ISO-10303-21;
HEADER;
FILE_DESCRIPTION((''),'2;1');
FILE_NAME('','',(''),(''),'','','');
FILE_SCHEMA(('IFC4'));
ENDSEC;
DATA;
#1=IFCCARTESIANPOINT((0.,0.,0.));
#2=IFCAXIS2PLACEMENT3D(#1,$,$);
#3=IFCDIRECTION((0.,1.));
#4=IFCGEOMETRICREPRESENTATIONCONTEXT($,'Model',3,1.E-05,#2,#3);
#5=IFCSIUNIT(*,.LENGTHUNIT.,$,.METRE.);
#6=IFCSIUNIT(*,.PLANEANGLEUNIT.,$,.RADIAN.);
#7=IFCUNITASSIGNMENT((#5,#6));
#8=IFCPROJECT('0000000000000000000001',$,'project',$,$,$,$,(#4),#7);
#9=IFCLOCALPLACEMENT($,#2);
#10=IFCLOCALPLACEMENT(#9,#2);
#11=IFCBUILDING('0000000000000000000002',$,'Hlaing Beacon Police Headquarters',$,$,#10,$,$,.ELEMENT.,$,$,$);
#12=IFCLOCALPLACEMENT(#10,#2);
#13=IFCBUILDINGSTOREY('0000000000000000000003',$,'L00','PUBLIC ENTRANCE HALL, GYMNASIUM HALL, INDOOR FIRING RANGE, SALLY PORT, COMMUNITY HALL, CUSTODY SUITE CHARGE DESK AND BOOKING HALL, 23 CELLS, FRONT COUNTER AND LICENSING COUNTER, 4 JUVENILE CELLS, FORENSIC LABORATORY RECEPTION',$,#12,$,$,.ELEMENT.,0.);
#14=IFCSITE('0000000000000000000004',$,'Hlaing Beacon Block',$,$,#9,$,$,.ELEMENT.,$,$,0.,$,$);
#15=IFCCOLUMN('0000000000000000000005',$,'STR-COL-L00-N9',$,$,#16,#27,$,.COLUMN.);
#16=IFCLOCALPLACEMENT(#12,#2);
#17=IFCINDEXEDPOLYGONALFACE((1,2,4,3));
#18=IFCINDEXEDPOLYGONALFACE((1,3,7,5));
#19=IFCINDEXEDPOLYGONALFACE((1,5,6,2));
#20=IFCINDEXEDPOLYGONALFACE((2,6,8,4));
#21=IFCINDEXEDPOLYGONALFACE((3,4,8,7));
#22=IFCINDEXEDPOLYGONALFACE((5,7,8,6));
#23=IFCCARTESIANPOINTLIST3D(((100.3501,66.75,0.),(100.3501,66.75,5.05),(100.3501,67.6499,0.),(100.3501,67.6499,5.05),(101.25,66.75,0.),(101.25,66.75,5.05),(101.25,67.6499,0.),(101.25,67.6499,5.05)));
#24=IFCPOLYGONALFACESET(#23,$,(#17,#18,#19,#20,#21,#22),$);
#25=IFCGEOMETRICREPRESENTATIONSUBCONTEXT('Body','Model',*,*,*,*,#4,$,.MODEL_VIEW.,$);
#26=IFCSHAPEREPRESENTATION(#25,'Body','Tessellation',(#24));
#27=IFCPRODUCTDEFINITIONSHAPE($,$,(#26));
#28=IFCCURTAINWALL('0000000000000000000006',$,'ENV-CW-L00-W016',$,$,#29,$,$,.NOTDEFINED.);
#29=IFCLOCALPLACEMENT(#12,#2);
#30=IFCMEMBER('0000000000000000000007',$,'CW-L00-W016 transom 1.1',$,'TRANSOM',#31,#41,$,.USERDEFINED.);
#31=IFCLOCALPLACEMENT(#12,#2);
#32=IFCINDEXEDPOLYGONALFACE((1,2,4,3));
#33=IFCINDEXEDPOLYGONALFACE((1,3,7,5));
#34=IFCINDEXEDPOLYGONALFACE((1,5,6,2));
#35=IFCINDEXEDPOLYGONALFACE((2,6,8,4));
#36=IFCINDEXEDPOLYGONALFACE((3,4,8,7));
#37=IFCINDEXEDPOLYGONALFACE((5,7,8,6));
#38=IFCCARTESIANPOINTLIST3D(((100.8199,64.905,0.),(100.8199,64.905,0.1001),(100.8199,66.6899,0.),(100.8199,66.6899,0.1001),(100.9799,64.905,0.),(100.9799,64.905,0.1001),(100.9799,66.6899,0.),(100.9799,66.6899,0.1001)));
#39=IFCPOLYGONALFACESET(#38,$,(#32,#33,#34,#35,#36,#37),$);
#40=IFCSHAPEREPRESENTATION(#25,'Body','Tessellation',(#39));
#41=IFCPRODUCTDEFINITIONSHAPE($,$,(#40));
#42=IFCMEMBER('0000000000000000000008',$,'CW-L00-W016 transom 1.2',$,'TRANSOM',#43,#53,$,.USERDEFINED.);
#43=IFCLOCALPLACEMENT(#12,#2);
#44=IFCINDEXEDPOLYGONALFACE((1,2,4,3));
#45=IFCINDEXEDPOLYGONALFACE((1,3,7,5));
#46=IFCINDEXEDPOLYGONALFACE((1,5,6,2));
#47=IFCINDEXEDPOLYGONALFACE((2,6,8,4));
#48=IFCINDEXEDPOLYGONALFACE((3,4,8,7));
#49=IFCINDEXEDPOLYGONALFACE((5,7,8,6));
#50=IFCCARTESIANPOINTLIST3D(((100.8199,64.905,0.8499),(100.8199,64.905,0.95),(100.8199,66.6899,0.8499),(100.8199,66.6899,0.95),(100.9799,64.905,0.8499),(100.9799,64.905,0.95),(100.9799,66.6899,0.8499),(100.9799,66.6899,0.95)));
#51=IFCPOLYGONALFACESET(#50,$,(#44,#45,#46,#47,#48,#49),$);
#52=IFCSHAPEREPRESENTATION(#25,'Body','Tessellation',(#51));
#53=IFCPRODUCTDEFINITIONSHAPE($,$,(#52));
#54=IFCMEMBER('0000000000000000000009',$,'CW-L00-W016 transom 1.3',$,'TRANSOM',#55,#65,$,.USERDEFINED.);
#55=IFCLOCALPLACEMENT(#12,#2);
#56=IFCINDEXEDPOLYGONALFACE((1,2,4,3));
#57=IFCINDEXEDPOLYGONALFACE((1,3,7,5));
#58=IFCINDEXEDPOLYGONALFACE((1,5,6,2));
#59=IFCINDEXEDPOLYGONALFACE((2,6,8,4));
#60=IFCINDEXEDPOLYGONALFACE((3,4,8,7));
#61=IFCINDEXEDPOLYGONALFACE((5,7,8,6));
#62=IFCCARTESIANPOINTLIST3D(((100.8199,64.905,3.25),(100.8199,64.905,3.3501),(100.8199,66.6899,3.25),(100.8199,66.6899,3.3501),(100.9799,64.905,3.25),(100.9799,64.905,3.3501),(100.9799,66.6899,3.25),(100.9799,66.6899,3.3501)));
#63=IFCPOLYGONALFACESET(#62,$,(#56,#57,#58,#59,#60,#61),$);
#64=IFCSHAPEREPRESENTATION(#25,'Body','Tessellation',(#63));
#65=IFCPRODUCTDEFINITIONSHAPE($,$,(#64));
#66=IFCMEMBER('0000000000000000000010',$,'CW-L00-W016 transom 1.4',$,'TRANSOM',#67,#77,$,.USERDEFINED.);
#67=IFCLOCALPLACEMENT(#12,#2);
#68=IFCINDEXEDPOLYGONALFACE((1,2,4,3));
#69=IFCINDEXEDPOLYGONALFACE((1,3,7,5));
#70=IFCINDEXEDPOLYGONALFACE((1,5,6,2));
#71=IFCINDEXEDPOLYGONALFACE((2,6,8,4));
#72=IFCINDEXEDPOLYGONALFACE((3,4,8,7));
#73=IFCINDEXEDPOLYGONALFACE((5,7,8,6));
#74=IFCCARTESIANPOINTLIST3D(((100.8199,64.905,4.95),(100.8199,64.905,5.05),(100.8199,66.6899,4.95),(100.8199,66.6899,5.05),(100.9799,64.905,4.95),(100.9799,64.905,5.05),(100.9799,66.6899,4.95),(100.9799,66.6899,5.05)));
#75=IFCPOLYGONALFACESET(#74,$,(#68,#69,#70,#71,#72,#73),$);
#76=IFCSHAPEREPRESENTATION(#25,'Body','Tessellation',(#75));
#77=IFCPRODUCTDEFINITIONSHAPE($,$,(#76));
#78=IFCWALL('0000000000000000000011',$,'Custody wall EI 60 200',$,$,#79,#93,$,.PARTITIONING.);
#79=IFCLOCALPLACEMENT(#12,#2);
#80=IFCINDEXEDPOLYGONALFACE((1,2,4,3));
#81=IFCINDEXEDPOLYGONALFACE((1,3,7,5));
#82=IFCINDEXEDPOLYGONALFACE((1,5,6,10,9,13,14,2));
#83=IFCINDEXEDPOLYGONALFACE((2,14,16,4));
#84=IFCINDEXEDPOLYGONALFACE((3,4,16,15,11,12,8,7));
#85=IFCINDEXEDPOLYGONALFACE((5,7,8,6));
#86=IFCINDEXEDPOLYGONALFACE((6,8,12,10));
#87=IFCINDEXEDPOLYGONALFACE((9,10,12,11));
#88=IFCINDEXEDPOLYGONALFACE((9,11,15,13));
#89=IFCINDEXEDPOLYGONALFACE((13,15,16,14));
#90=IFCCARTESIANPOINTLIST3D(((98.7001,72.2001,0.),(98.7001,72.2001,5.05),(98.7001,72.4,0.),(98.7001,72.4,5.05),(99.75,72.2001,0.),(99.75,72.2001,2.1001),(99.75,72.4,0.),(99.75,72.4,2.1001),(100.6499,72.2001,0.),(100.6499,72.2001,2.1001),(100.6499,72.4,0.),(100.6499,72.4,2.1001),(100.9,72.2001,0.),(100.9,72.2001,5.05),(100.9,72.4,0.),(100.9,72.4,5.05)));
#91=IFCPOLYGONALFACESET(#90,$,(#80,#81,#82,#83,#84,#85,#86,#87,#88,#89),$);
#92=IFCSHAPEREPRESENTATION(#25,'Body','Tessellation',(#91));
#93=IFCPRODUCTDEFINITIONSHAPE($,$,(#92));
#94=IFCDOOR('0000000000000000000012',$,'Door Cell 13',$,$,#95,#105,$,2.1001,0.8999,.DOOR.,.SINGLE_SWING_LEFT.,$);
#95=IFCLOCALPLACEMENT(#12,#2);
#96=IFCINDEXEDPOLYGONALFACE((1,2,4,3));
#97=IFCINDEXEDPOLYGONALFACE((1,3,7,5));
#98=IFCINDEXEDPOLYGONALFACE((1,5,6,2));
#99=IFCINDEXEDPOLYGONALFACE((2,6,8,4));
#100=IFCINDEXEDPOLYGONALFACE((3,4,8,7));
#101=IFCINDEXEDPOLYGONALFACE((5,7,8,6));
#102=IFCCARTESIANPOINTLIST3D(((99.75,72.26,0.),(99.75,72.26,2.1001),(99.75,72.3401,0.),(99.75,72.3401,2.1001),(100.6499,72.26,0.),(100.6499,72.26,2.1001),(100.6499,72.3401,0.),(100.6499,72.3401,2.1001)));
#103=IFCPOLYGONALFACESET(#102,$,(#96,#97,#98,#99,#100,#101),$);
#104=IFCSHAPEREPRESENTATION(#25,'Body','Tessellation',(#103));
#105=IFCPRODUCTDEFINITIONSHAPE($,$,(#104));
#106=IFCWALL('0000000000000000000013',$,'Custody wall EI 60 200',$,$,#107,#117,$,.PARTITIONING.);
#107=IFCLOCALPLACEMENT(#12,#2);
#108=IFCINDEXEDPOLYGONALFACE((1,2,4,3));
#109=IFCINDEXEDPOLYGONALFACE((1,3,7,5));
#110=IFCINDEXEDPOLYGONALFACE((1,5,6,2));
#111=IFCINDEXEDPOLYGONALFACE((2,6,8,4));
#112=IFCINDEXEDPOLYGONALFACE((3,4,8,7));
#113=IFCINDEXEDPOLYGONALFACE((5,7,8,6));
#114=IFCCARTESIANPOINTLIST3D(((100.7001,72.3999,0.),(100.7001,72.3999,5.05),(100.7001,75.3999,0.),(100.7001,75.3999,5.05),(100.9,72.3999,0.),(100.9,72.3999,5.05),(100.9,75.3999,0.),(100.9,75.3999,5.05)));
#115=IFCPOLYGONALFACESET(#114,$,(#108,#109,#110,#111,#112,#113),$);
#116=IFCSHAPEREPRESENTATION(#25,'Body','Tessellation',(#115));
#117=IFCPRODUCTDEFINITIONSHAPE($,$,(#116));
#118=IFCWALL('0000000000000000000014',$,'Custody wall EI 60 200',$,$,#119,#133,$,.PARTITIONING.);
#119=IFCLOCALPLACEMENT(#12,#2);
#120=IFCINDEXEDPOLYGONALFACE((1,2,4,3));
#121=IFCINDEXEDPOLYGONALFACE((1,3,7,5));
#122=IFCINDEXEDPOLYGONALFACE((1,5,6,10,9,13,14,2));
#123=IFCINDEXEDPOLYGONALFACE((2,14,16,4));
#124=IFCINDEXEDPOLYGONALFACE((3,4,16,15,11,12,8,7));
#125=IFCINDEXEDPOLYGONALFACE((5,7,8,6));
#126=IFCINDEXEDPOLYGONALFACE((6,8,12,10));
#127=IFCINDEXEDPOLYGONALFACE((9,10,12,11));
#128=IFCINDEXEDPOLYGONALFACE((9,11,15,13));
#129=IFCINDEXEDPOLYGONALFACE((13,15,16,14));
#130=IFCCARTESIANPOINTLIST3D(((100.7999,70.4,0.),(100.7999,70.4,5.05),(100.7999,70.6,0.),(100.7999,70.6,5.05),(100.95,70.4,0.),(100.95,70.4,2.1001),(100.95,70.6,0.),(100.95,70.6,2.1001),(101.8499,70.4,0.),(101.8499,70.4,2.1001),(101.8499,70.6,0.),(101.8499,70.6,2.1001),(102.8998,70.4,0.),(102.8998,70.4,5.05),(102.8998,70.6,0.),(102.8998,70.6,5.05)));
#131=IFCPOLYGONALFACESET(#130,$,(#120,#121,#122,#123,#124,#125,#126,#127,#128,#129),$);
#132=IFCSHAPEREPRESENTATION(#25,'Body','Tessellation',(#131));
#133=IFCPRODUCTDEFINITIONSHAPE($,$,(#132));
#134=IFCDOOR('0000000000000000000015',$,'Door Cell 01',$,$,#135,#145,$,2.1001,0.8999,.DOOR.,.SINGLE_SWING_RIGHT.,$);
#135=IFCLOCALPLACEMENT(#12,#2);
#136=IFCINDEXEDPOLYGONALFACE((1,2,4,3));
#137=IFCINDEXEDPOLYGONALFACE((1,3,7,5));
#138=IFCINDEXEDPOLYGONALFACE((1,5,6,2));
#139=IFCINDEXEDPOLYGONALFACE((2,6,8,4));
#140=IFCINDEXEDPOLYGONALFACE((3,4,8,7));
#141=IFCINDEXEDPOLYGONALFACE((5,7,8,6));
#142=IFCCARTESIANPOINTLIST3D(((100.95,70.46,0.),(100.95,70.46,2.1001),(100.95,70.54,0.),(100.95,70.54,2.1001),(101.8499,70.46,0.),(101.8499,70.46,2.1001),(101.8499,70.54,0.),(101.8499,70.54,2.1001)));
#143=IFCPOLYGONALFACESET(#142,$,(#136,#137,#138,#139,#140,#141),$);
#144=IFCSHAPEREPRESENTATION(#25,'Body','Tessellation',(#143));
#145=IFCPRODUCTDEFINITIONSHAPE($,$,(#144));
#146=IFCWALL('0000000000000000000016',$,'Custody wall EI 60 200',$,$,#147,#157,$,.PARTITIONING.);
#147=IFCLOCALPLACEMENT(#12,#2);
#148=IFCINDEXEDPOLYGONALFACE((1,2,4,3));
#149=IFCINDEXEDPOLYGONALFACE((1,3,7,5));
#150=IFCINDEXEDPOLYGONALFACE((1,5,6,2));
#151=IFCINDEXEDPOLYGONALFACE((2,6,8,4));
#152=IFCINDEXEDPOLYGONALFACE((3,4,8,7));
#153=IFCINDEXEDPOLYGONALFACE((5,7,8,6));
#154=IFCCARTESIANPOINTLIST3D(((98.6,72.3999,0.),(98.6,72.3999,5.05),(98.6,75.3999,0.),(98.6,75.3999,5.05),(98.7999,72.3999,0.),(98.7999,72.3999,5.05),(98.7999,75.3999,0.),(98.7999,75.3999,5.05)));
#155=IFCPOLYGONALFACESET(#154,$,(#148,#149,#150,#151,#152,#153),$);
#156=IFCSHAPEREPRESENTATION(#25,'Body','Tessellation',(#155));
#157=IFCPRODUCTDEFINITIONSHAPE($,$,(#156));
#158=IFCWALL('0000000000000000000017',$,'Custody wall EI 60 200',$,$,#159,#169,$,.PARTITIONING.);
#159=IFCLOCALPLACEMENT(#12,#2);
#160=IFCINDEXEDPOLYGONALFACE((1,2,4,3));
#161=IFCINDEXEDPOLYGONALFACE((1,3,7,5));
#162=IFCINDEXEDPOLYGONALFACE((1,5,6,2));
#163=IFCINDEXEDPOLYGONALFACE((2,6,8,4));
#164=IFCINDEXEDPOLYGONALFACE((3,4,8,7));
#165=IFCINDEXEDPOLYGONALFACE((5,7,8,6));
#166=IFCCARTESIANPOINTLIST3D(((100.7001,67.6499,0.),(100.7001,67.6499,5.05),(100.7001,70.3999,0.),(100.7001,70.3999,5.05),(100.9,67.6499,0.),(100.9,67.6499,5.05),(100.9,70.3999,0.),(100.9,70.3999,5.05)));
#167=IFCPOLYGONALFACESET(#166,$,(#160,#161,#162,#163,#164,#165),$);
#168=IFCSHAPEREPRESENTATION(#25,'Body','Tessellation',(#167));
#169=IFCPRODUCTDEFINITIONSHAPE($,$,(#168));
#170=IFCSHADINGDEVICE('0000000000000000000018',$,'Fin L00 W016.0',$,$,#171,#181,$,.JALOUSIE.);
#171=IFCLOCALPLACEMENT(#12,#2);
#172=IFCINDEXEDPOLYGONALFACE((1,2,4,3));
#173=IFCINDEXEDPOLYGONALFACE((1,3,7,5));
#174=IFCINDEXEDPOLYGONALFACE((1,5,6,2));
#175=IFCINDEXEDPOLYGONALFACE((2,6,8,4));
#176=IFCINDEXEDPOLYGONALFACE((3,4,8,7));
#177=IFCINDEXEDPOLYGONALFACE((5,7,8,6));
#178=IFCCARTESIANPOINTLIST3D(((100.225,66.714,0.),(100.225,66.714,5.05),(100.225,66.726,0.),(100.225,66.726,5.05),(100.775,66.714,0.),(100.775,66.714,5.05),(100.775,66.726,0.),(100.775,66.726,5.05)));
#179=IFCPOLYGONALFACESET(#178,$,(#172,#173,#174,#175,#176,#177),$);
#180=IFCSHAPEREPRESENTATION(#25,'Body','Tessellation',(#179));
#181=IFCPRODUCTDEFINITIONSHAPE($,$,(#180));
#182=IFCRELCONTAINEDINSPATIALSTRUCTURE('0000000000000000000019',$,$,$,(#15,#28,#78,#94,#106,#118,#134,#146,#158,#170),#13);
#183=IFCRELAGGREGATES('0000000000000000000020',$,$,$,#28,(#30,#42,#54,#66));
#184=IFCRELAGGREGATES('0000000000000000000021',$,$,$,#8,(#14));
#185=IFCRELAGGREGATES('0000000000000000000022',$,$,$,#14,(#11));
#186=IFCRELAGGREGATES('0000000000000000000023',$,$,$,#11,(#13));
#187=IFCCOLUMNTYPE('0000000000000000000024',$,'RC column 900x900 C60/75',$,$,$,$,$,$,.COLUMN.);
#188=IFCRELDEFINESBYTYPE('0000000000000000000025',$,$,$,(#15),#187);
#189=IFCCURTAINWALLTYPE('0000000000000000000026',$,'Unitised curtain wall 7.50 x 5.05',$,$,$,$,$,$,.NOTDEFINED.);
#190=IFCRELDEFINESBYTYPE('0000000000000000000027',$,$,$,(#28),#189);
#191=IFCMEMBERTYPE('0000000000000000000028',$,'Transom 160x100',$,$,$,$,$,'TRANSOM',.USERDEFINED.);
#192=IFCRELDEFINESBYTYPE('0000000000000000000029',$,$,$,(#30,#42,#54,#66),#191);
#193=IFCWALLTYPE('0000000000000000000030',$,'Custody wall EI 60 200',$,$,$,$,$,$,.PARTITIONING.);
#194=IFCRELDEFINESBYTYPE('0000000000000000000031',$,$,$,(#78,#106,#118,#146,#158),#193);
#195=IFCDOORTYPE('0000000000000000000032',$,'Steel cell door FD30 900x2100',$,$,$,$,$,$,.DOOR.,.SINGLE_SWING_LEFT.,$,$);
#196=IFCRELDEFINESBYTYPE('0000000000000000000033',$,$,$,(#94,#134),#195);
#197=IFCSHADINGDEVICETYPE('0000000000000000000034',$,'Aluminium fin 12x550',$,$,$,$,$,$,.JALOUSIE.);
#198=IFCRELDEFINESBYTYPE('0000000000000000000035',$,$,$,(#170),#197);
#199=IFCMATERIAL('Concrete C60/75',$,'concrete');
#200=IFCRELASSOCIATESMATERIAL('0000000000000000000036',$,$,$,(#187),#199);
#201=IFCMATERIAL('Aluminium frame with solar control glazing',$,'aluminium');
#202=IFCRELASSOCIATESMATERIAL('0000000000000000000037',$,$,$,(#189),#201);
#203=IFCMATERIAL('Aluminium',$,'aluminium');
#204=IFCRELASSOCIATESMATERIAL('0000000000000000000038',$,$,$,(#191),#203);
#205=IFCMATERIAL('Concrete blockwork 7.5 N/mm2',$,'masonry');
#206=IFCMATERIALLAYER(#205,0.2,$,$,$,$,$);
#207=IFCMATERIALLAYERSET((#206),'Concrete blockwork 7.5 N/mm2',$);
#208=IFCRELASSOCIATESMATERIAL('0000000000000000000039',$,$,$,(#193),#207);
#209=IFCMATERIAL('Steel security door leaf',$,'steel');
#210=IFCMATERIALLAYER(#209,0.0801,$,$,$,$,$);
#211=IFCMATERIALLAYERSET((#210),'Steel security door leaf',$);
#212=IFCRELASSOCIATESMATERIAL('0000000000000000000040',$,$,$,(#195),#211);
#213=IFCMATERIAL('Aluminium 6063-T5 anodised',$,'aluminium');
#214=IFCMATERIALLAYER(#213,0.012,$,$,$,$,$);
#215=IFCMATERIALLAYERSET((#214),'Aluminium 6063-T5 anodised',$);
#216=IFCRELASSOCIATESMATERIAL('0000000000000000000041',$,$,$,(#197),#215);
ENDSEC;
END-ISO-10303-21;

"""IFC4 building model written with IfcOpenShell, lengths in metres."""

from ifc_helpers import new_model, si_unit, direction, frame, frame_2d, origin, origin_2d, place, context, subcontext, project, spatial, rectangle, extrude, material, layer, layer_set, material_profile, profile_set, type_object, element, fill, aggregate, save


model = new_model("IFC4")

# Units and contexts
model_context = context("Model", 3, precision=1e-05, world=origin(), true_north=direction((0.0, 1.0)))
body_context = subcontext(model_context, "Body", "Model", "MODEL_VIEW")
ifc_project = project(units=[si_unit("LENGTHUNIT", "METRE"), si_unit("PLANEANGLEUNIT", "RADIAN")], contexts=[model_context])

# Site, building, storey
site_placement = place(None, origin())
site = spatial("IfcSite", under=ifc_project, at=site_placement, Name="Hlaing Beacon Block", CompositionType="ELEMENT", RefElevation=0.0)
building_placement = place(site_placement, origin())
building = spatial("IfcBuilding", under=site, at=building_placement, Name="Hlaing Beacon Police Headquarters", CompositionType="ELEMENT")
storey_placement = place(building_placement, origin())
storey = spatial("IfcBuildingStorey", under=building, at=storey_placement, Name="L00", Description="PUBLIC ENTRANCE HALL, GYMNASIUM HALL, INDOOR FIRING RANGE, SALLY PORT, COMMUNITY HALL, CUSTODY SUITE CHARGE DESK AND BOOKING HALL, 23 CELLS, FRONT COUNTER AND LICENSING COUNTER, 4 JUVENILE CELLS, FORENSIC LABORATORY RECEPTION", CompositionType="ELEMENT", Elevation=0.0)

# Column
ifc_material_1 = material(Name="Concrete C60/75", Category="concrete")
ifc_material_profile_1 = material_profile(ifc_material_1, rectangle(XDim=0.8999, YDim=0.8999, at=origin_2d()), Name="900x900")
ifc_profile_set_1 = profile_set([ifc_material_profile_1], Name="Concrete C60/75")
column_type = type_object("IfcColumnType", Name="RC column 900x900 C60/75", PredefinedType="COLUMN", material=ifc_profile_set_1)
column_placement = place(storey_placement, frame((100.8, 67.2, 0.0), z_axis=(0.0, 0.0, 1.0), x_axis=(1.0, 0.0, 0.0)))
element("IfcColumn", 1, at=column_placement, inside=storey, type_object=column_type, Name="STR-COL-L00-N9", PredefinedType="COLUMN", context=body_context, shape_type="SweptSolid", body=[
    extrude(rectangle(XDim=0.8999, YDim=0.8999, at=origin_2d()), origin(), (0.0, 0.0, 1.0), 5.05),
])

# Curtain wall, members
ifc_material_2 = material(Name="Aluminium frame with solar control glazing", Category="aluminium")
curtain_wall_type = type_object("IfcCurtainWallType", Name="Unitised curtain wall 7.50 x 5.05", PredefinedType="NOTDEFINED", material=ifc_material_2)
curtain_wall_placement = place(storey_placement, origin())
curtain_wall = element("IfcCurtainWall", 2, at=curtain_wall_placement, inside=storey, type_object=curtain_wall_type, Name="ENV-CW-L00-W016", PredefinedType="NOTDEFINED")
ifc_material_3 = material(Name="Aluminium", Category="aluminium")
ifc_material_profile_2 = material_profile(ifc_material_3, rectangle(XDim=0.1599, YDim=0.1001, at=origin_2d()), Name="Transom 160x100")
ifc_profile_set_2 = profile_set([ifc_material_profile_2], Name="Aluminium")
member_type = type_object("IfcMemberType", Name="Transom 160x100", ElementType="TRANSOM", PredefinedType="USERDEFINED", material=ifc_profile_set_2)
member_1_placement = place(storey_placement, frame((100.8999, 66.6899, 0.05), z_axis=(0.0, -1.0, 0.0), x_axis=(1.0, 0.0, 0.0)))
member_1 = element("IfcMember", 3, at=member_1_placement, type_object=member_type, Name="CW-L00-W016 transom 1.1", ObjectType="TRANSOM", PredefinedType="USERDEFINED", context=body_context, shape_type="SweptSolid", body=[
    extrude(rectangle(XDim=0.1599, YDim=0.1001, at=origin_2d()), origin(), (0.0, 0.0, 1.0), 1.7849),
])
member_2_placement = place(storey_placement, frame((100.8999, 66.6899, 0.8999), z_axis=(0.0, -1.0, 0.0), x_axis=(1.0, 0.0, 0.0)))
member_2 = element("IfcMember", 4, at=member_2_placement, type_object=member_type, Name="CW-L00-W016 transom 1.2", ObjectType="TRANSOM", PredefinedType="USERDEFINED", context=body_context, shape_type="SweptSolid", body=[
    extrude(rectangle(XDim=0.1599, YDim=0.1001, at=origin_2d()), origin(), (0.0, 0.0, 1.0), 1.7849),
])
member_3_placement = place(storey_placement, frame((100.8999, 66.6899, 3.3), z_axis=(0.0, -1.0, 0.0), x_axis=(1.0, 0.0, 0.0)))
member_3 = element("IfcMember", 5, at=member_3_placement, type_object=member_type, Name="CW-L00-W016 transom 1.3", ObjectType="TRANSOM", PredefinedType="USERDEFINED", context=body_context, shape_type="SweptSolid", body=[
    extrude(rectangle(XDim=0.1599, YDim=0.1001, at=origin_2d()), origin(), (0.0, 0.0, 1.0), 1.7849),
])
member_4_placement = place(storey_placement, frame((100.8999, 66.6899, 5.0), z_axis=(0.0, -1.0, 0.0), x_axis=(1.0, 0.0, 0.0)))
member_4 = element("IfcMember", 6, at=member_4_placement, type_object=member_type, Name="CW-L00-W016 transom 1.4", ObjectType="TRANSOM", PredefinedType="USERDEFINED", context=body_context, shape_type="SweptSolid", body=[
    extrude(rectangle(XDim=0.1599, YDim=0.1001, at=origin_2d()), origin(), (0.0, 0.0, 1.0), 1.7849),
])
aggregate(curtain_wall, [member_1, member_2, member_3, member_4])

# Wall, opening, door
ifc_material_4 = material(Name="Concrete blockwork 7.5 N/mm2", Category="masonry")
ifc_layer_1 = layer(ifc_material_4, 0.2)
ifc_layer_set_1 = layer_set([ifc_layer_1], Name="Concrete blockwork 7.5 N/mm2")
wall_type = type_object("IfcWallType", Name="Custody wall EI 60 200", PredefinedType="PARTITIONING", material=ifc_layer_set_1)
wall_1_placement = place(storey_placement, frame((98.7, 72.3, 0.0), z_axis=(0.0, 0.0, 1.0), x_axis=(1.0, 0.0, 0.0)))
wall_1 = element("IfcWall", 7, at=wall_1_placement, inside=storey, type_object=wall_type, Name="Custody wall EI 60 200", PredefinedType="PARTITIONING", context=body_context, shape_type="SweptSolid", body=[
    extrude(rectangle(XDim=2.2, YDim=0.2, at=frame_2d((1.1001, 0.0))), origin(), (0.0, 0.0, 1.0), 5.05),
])
opening_1_placement = place(wall_1_placement, frame((1.05, 0.0, 0.0)))
opening_1 = element("IfcOpeningElement", 8, at=opening_1_placement, cuts=wall_1, PredefinedType="OPENING", context=body_context, shape_type="SweptSolid", body=[
    extrude(rectangle(XDim=0.8999, YDim=2.1001, at=frame_2d((0.45, 1.05))), frame((0.0, 0.1099, 0.0), z_axis=(0.0, -1.0, 0.0), x_axis=(1.0, 0.0, 0.0)), (0.0, 0.0, 1.0), 0.22),
])
ifc_material_5 = material(Name="Steel security door leaf", Category="steel")
ifc_layer_2 = layer(ifc_material_5, 0.0801)
ifc_layer_set_2 = layer_set([ifc_layer_2], Name="Steel security door leaf")
door_type = type_object("IfcDoorType", Name="Steel cell door FD30 900x2100", OperationType="SINGLE_SWING_LEFT", PredefinedType="DOOR", material=ifc_layer_set_2)
door_1_placement = place(opening_1_placement, origin())
door_1 = element("IfcDoor", 9, at=door_1_placement, inside=storey, type_object=door_type, Name="Door Cell 13", OperationType="SINGLE_SWING_LEFT", OverallHeight=2.1001, OverallWidth=0.8999, PredefinedType="DOOR", context=body_context, shape_type="SweptSolid", body=[
    extrude(rectangle(XDim=0.8999, YDim=2.1001, at=frame_2d((0.45, 1.05))), frame((0.0, 0.04, 0.0), z_axis=(0.0, -1.0, 0.0), x_axis=(1.0, 0.0, 0.0)), (0.0, 0.0, 1.0), 0.0801),
])
fill(opening_1, door_1)

# Wall
wall_2_placement = place(storey_placement, frame((100.8, 72.3999, 0.0), z_axis=(0.0, 0.0, 1.0), x_axis=(0.0, 1.0, 0.0)))
element("IfcWall", 10, at=wall_2_placement, inside=storey, type_object=wall_type, Name="Custody wall EI 60 200", PredefinedType="PARTITIONING", context=body_context, shape_type="SweptSolid", body=[
    extrude(rectangle(XDim=3.0, YDim=0.2, at=frame_2d((1.5, 0.0))), origin(), (0.0, 0.0, 1.0), 5.05),
])

# Wall, opening, door
wall_3_placement = place(storey_placement, frame((100.8, 70.5, 0.0), z_axis=(0.0, 0.0, 1.0), x_axis=(1.0, 0.0, 0.0)))
wall_3 = element("IfcWall", 11, at=wall_3_placement, inside=storey, type_object=wall_type, Name="Custody wall EI 60 200", PredefinedType="PARTITIONING", context=body_context, shape_type="SweptSolid", body=[
    extrude(rectangle(XDim=2.0999, YDim=0.2, at=frame_2d((1.0498, 0.0))), origin(), (0.0, 0.0, 1.0), 5.05),
])
opening_2_placement = place(wall_3_placement, frame((0.1499, 0.0, 0.0)))
opening_2 = element("IfcOpeningElement", 12, at=opening_2_placement, cuts=wall_3, PredefinedType="OPENING", context=body_context, shape_type="SweptSolid", body=[
    extrude(rectangle(XDim=0.8999, YDim=2.1001, at=frame_2d((0.45, 1.05))), frame((0.0, 0.1099, 0.0), z_axis=(0.0, -1.0, 0.0), x_axis=(1.0, 0.0, 0.0)), (0.0, 0.0, 1.0), 0.22),
])
door_2_placement = place(opening_2_placement, origin())
door_2 = element("IfcDoor", 13, at=door_2_placement, inside=storey, type_object=door_type, Name="Door Cell 01", OperationType="SINGLE_SWING_RIGHT", OverallHeight=2.1001, OverallWidth=0.8999, PredefinedType="DOOR", context=body_context, shape_type="SweptSolid", body=[
    extrude(rectangle(XDim=0.8999, YDim=2.1001, at=frame_2d((0.45, 1.05))), frame((0.0, 0.04, 0.0), z_axis=(0.0, -1.0, 0.0), x_axis=(1.0, 0.0, 0.0)), (0.0, 0.0, 1.0), 0.0801),
])
fill(opening_2, door_2)

# Walls
wall_4_placement = place(storey_placement, frame((98.7, 72.3999, 0.0), z_axis=(0.0, 0.0, 1.0), x_axis=(0.0, 1.0, 0.0)))
element("IfcWall", 14, at=wall_4_placement, inside=storey, type_object=wall_type, Name="Custody wall EI 60 200", PredefinedType="PARTITIONING", context=body_context, shape_type="SweptSolid", body=[
    extrude(rectangle(XDim=3.0, YDim=0.2, at=frame_2d((1.5, 0.0))), origin(), (0.0, 0.0, 1.0), 5.05),
])
wall_5_placement = place(storey_placement, frame((100.8, 67.6499, 0.0), z_axis=(0.0, 0.0, 1.0), x_axis=(0.0, 1.0, 0.0)))
element("IfcWall", 15, at=wall_5_placement, inside=storey, type_object=wall_type, Name="Custody wall EI 60 200", PredefinedType="PARTITIONING", context=body_context, shape_type="SweptSolid", body=[
    extrude(rectangle(XDim=2.75, YDim=0.2, at=frame_2d((1.375, 0.0))), origin(), (0.0, 0.0, 1.0), 5.05),
])

# Shading device
ifc_material_6 = material(Name="Aluminium 6063-T5 anodised", Category="aluminium")
ifc_layer_3 = layer(ifc_material_6, 0.012)
ifc_layer_set_3 = layer_set([ifc_layer_3], Name="Aluminium 6063-T5 anodised")
shading_device_type = type_object("IfcShadingDeviceType", Name="Aluminium fin 12x550", PredefinedType="JALOUSIE", material=ifc_layer_set_3)
shading_device_placement = place(storey_placement, frame((100.5, 66.72, 0.0), z_axis=(0.0, 0.0, 1.0), x_axis=(0.0, -1.0, 0.0)))
element("IfcShadingDevice", 16, at=shading_device_placement, inside=storey, type_object=shading_device_type, Name="Fin L00 W016.0", PredefinedType="JALOUSIE", context=body_context, shape_type="SweptSolid", body=[
    extrude(rectangle(XDim=0.012, YDim=0.55, at=origin_2d()), origin(), (0.0, 0.0, 1.0), 5.05),
])

save(model, "model.ifc")
